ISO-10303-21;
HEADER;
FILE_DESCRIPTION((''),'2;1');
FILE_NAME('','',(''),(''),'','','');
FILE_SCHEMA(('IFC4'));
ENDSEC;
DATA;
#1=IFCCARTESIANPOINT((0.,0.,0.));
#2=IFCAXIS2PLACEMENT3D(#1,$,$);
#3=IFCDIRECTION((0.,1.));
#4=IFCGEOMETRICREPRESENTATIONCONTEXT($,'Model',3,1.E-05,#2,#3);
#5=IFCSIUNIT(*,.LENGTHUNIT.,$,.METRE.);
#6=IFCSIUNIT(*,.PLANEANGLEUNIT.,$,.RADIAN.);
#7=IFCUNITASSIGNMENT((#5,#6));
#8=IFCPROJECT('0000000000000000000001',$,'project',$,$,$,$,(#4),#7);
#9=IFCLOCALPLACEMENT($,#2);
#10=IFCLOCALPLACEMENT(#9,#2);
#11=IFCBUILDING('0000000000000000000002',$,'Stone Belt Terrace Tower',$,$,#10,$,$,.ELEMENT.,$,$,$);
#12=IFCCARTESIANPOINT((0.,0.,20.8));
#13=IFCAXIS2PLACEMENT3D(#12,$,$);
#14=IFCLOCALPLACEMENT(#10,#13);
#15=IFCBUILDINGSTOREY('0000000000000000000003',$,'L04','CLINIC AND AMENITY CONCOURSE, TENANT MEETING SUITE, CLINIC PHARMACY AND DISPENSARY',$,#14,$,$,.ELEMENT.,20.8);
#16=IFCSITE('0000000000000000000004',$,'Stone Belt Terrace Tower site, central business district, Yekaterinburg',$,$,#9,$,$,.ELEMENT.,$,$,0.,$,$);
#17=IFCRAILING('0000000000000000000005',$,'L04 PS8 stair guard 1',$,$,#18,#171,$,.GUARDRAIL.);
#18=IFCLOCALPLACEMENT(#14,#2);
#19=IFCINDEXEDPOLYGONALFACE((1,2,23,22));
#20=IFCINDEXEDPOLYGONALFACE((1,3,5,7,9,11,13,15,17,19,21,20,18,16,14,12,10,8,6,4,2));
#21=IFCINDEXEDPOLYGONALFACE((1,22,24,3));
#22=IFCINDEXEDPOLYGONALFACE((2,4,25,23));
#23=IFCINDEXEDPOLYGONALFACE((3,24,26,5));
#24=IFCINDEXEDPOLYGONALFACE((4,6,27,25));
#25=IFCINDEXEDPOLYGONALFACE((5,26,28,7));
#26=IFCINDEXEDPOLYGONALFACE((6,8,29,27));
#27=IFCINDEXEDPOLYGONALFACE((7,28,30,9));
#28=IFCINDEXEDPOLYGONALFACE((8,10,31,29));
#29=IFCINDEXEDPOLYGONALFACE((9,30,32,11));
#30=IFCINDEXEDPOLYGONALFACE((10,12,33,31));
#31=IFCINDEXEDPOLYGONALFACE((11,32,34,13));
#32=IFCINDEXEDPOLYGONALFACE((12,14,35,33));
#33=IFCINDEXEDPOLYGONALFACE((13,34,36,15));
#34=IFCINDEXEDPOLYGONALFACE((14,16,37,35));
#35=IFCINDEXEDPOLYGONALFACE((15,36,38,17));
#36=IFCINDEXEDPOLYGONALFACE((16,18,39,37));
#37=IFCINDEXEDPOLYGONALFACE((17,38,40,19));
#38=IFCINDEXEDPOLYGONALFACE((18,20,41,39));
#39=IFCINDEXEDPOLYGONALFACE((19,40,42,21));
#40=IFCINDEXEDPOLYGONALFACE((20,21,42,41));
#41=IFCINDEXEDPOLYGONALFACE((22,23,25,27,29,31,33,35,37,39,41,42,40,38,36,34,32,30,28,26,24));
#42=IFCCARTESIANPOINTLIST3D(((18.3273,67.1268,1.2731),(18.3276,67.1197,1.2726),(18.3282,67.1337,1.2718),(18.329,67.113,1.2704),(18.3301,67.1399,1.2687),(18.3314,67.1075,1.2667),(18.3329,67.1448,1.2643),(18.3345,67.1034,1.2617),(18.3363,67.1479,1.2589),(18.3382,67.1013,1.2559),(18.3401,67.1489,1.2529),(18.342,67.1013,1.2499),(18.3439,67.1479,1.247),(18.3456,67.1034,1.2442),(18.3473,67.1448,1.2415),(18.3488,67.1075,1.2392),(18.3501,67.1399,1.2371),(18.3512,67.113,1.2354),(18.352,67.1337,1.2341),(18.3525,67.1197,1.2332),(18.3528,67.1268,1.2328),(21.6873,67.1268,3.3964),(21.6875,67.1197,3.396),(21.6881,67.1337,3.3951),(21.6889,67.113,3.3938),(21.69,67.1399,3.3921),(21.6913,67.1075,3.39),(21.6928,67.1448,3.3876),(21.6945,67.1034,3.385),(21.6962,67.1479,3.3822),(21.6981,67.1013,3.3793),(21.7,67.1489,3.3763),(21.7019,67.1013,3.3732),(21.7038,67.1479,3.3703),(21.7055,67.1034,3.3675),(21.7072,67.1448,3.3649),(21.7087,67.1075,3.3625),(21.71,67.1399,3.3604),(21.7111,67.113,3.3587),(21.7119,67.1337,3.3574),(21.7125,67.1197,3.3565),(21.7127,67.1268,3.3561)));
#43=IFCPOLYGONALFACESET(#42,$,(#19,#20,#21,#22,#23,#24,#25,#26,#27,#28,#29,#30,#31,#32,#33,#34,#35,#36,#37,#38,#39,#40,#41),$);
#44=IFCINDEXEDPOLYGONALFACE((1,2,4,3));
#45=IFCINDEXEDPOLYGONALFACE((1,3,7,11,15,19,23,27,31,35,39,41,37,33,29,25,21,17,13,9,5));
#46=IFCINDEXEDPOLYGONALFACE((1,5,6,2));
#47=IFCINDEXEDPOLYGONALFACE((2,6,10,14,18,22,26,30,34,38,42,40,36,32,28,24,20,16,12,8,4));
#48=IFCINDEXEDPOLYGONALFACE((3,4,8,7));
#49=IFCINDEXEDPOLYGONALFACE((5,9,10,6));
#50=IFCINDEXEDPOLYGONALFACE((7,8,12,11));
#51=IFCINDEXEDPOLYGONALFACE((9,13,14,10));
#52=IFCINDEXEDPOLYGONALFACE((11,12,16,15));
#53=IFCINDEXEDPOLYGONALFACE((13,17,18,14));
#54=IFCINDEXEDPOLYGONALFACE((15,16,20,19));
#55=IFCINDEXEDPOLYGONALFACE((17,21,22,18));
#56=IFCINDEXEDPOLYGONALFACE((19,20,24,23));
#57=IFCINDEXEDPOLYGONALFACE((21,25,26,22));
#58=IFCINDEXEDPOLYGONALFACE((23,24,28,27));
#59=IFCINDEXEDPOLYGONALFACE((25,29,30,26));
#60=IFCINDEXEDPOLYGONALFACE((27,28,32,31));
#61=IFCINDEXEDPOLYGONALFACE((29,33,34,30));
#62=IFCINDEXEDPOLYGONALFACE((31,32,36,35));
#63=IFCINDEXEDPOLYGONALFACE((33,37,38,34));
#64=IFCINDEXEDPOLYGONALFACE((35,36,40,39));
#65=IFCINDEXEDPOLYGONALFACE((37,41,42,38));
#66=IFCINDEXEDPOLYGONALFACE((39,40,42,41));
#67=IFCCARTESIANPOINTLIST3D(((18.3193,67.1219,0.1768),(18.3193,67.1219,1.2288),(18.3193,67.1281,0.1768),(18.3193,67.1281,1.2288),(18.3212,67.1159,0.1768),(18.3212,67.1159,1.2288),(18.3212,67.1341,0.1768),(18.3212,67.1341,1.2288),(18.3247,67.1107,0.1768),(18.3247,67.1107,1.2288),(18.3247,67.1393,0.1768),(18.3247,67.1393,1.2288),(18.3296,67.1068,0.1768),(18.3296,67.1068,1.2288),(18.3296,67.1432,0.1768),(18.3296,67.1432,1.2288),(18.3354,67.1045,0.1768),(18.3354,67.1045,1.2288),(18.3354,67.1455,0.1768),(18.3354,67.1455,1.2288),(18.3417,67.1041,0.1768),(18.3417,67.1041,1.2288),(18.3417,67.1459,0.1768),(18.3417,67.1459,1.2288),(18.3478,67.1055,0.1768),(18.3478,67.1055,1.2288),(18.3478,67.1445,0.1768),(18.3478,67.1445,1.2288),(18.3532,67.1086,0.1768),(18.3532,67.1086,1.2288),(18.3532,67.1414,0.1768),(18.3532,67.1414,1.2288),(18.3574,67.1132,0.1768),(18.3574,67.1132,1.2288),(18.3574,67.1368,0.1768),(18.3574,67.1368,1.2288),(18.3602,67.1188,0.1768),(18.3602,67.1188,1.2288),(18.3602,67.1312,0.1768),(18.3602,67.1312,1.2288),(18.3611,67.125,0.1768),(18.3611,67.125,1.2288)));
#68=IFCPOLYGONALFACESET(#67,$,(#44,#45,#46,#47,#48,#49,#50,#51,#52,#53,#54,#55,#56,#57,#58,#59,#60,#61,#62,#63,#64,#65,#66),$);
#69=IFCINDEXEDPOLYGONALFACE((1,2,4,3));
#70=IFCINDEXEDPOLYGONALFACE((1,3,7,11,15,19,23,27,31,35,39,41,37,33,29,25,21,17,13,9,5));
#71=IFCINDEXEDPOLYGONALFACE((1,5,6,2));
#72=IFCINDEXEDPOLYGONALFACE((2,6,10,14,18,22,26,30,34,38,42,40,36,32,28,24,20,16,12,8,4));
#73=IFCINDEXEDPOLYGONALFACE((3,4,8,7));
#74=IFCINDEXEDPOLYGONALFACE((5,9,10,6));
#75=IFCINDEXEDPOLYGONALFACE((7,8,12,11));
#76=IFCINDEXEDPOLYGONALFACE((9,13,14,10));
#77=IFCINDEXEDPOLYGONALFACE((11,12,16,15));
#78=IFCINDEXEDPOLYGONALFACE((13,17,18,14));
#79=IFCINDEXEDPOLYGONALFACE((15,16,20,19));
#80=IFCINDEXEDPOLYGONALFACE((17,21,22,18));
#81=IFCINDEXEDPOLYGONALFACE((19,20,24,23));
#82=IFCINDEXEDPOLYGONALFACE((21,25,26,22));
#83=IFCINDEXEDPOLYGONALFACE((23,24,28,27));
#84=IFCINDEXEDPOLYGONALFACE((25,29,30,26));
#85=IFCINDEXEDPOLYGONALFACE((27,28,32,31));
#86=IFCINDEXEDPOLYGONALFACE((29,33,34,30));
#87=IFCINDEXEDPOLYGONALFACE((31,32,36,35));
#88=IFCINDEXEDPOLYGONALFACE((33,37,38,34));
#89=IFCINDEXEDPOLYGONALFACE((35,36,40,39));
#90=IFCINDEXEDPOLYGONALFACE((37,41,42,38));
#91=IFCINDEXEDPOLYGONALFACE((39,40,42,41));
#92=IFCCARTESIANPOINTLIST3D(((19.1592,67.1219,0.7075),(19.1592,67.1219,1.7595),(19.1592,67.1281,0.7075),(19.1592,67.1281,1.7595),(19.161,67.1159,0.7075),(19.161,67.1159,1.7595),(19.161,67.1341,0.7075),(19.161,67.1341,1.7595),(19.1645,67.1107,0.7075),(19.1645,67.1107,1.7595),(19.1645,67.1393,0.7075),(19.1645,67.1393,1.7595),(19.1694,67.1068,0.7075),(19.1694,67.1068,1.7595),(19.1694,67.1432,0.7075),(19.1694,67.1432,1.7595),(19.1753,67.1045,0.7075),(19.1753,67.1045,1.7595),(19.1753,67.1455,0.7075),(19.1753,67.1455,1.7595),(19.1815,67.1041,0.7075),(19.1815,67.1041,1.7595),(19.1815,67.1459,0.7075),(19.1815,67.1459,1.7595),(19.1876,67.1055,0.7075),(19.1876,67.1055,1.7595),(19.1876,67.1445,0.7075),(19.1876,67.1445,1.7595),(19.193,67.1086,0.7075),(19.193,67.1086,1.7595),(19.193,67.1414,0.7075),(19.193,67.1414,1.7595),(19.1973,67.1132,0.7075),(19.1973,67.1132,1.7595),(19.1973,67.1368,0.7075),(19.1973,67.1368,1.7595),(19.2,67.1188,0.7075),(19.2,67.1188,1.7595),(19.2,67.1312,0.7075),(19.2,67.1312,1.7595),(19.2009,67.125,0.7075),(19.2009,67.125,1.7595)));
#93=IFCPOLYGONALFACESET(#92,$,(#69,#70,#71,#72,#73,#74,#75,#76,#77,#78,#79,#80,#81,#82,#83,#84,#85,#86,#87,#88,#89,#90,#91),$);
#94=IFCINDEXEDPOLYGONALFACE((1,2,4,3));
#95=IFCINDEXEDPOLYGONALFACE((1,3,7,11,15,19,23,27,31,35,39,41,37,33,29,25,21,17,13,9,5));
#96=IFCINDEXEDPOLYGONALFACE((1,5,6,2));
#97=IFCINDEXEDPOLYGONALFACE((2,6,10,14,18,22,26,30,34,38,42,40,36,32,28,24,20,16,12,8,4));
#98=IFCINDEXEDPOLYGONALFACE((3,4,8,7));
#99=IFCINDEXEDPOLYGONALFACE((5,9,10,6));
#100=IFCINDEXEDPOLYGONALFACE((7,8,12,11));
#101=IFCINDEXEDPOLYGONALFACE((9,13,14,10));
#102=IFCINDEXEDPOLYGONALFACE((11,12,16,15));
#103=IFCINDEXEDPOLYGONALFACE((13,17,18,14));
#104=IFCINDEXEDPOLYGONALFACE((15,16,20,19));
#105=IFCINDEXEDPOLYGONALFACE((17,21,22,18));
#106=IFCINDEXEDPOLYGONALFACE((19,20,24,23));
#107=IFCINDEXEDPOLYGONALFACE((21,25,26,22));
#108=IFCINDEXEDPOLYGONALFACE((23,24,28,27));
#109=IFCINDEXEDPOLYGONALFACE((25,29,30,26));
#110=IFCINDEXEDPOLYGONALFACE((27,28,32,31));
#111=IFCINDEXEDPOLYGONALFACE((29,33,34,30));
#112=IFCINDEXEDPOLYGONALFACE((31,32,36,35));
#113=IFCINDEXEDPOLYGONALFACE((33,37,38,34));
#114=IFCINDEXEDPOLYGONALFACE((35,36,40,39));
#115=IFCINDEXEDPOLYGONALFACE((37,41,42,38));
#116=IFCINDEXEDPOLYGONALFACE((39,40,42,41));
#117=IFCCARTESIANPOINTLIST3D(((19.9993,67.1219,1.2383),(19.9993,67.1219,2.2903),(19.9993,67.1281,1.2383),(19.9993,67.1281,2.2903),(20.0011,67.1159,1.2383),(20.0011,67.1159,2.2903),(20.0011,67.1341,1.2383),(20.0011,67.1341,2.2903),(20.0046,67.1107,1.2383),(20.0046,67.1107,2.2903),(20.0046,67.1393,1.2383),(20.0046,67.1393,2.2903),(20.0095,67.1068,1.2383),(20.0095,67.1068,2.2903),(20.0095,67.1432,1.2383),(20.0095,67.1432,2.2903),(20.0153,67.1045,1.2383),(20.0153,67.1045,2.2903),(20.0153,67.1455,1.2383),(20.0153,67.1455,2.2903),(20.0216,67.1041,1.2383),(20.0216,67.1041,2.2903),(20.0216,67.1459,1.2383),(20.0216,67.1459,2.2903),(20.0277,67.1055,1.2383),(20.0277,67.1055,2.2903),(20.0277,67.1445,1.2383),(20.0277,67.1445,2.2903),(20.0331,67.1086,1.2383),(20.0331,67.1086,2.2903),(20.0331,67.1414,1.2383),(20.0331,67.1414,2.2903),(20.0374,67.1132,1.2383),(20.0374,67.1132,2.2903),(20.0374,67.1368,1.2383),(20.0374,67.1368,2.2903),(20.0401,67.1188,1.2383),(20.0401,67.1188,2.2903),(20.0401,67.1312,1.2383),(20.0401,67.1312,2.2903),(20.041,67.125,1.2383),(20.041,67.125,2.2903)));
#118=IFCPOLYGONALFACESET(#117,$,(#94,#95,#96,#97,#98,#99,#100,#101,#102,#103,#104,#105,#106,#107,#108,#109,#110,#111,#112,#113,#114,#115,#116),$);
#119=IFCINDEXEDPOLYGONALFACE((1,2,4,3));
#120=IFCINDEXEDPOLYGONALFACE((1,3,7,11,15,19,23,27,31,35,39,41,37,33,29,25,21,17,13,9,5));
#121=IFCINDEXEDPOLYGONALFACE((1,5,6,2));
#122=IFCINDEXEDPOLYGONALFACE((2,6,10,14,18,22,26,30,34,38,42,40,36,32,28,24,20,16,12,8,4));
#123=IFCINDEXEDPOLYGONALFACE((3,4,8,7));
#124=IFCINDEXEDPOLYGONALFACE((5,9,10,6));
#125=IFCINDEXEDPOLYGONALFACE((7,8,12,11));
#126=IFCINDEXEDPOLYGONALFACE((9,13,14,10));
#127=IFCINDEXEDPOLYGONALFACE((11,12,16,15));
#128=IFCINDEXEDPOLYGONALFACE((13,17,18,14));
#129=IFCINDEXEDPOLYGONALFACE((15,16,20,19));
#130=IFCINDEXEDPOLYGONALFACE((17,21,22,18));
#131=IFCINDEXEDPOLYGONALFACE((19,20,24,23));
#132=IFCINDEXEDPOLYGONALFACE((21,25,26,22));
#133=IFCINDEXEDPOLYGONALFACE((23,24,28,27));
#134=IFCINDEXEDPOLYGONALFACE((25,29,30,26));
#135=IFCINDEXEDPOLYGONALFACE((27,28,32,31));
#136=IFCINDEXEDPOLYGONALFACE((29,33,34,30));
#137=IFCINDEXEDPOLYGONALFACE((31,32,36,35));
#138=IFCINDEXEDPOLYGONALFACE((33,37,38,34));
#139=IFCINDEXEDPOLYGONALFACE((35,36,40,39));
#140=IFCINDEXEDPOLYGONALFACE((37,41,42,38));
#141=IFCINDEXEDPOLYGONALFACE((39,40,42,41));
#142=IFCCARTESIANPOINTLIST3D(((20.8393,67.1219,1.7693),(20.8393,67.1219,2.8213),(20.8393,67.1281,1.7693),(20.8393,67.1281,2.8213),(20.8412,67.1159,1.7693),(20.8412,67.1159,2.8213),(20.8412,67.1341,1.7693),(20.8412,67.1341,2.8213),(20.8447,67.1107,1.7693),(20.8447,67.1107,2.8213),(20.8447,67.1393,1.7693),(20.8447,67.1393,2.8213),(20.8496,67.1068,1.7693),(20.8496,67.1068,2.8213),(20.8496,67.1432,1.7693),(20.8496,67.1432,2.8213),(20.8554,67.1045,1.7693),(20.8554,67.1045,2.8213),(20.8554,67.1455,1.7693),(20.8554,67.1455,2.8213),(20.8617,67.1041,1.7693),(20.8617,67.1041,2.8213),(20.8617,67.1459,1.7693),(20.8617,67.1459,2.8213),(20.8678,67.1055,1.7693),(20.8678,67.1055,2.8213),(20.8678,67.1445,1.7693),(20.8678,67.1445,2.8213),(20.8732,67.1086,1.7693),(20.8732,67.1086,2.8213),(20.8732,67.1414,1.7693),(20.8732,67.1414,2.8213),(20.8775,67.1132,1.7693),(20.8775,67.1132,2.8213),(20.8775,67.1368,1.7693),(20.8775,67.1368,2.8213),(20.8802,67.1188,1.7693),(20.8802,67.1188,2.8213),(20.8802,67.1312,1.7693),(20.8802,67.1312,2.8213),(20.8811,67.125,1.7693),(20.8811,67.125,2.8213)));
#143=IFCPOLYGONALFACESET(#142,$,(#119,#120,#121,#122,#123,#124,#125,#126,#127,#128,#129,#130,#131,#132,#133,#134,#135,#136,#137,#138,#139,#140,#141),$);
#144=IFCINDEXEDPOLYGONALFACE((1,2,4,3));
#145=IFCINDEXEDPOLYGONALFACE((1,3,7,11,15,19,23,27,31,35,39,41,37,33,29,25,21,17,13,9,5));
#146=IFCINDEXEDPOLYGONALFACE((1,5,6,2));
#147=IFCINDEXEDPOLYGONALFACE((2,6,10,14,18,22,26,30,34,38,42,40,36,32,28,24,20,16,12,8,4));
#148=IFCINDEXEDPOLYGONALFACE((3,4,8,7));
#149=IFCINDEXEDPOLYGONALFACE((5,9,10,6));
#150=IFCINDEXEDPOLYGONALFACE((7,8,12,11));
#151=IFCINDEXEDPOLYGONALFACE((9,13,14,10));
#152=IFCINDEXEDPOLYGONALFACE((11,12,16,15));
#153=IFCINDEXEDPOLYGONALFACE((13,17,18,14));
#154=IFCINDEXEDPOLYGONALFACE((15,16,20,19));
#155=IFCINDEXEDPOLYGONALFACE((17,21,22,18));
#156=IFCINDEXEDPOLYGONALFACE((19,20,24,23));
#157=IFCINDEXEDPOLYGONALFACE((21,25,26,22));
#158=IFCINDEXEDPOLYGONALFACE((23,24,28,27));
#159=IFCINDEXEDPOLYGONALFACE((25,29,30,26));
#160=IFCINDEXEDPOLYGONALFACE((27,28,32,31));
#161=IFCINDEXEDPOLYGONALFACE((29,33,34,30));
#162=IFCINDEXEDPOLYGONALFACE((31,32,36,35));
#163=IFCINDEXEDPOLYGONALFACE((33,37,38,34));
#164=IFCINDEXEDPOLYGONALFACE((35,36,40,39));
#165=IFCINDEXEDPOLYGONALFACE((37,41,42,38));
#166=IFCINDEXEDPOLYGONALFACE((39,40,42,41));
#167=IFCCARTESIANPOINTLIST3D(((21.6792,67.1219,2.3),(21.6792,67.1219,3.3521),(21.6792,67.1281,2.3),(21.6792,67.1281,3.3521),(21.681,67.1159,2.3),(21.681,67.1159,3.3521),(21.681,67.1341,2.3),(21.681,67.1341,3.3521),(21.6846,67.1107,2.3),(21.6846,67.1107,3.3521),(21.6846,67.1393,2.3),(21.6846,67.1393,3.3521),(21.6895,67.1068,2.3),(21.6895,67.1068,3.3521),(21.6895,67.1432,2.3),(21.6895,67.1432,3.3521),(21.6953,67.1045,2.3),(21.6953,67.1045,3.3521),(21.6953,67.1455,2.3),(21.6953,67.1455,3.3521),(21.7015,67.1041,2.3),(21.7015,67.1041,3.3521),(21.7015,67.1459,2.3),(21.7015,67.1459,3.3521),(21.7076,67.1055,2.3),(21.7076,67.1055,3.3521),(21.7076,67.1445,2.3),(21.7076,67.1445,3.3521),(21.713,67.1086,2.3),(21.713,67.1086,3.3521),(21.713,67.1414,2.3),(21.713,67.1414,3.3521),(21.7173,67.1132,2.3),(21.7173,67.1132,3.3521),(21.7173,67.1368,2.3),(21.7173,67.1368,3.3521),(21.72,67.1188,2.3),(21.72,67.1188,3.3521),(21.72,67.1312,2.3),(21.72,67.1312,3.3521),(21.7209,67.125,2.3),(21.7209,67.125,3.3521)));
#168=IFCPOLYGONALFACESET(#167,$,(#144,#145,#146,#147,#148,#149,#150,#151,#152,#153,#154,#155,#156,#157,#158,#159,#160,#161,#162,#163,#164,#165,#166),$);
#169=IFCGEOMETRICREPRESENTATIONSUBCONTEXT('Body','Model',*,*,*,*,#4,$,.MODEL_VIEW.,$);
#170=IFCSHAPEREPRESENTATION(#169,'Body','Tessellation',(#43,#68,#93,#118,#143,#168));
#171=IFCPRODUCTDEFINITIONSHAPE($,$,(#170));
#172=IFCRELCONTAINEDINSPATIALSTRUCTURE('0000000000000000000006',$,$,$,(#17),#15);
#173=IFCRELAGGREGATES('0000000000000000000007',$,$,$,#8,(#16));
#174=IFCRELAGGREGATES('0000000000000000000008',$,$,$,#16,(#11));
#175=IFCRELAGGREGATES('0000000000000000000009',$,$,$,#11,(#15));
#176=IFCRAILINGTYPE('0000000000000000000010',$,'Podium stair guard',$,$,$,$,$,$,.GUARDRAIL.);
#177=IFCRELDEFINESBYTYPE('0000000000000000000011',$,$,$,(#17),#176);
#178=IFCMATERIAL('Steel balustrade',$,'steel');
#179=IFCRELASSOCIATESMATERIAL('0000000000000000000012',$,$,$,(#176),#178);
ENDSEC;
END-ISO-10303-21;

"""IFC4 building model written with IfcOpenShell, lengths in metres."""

from ifc_helpers import new_model, si_unit, direction, frame, origin, origin_2d, place, context, subcontext, project, spatial, circle, extrude, material, type_object, element, save


model = new_model("IFC4")

# Units and contexts
model_context = context("Model", 3, precision=1e-05, world=origin(), true_north=direction((0.0, 1.0)))
body_context = subcontext(model_context, "Body", "Model", "MODEL_VIEW")
ifc_project = project(units=[si_unit("LENGTHUNIT", "METRE"), si_unit("PLANEANGLEUNIT", "RADIAN")], contexts=[model_context])

# Site, building, storey
site_placement = place(None, origin())
site = spatial("IfcSite", under=ifc_project, at=site_placement, Name="Stone Belt Terrace Tower site, central business district, Yekaterinburg", CompositionType="ELEMENT", RefElevation=0.0)
building_placement = place(site_placement, origin())
building = spatial("IfcBuilding", under=site, at=building_placement, Name="Stone Belt Terrace Tower", CompositionType="ELEMENT")
storey_placement = place(building_placement, frame((0.0, 0.0, 20.8)))
storey = spatial("IfcBuildingStorey", under=building, at=storey_placement, Name="L04", Description="CLINIC AND AMENITY CONCOURSE, TENANT MEETING SUITE, CLINIC PHARMACY AND DISPENSARY", CompositionType="ELEMENT", Elevation=20.8)

# Railing
ifc_material_1 = material(Name="Steel balustrade", Category="steel")
railing_type_1 = type_object("IfcRailingType", Name="Podium stair guard", PredefinedType="GUARDRAIL", material=ifc_material_1)
railing_1_placement = place(storey_placement, frame((18.3401, 67.125, 0.1768)))
element("IfcRailing", 1, at=railing_1_placement, inside=storey, type_object=railing_type_1, Name="L04 PS8 stair guard 1", PredefinedType="GUARDRAIL", context=body_context, shape_type="SweptSolid", body=[
    extrude(circle(Radius=0.0239, at=origin_2d()), frame((0.0, 0.0, 1.0762), z_axis=(0.845344, 0.0, 0.534222), x_axis=(0.0, 1.0, 0.0)), (0.0, 0.0, 1.0), 3.9746),
    extrude(circle(Radius=0.021, at=origin_2d()), origin(), (0.0, 0.0, 1.0), 1.052),
    extrude(circle(Radius=0.021, at=origin_2d()), frame((0.8398, 0.0, 0.5308)), (0.0, 0.0, 1.0), 1.052),
    extrude(circle(Radius=0.021, at=origin_2d()), frame((1.6799, 0.0, 1.0615)), (0.0, 0.0, 1.0), 1.052),
    extrude(circle(Radius=0.021, at=origin_2d()), frame((2.52, 0.0, 1.5925)), (0.0, 0.0, 1.0), 1.052),
    extrude(circle(Radius=0.021, at=origin_2d()), frame((3.3599, 0.0, 2.1233)), (0.0, 0.0, 1.0), 1.052),
])

save(model, "model.ifc")
